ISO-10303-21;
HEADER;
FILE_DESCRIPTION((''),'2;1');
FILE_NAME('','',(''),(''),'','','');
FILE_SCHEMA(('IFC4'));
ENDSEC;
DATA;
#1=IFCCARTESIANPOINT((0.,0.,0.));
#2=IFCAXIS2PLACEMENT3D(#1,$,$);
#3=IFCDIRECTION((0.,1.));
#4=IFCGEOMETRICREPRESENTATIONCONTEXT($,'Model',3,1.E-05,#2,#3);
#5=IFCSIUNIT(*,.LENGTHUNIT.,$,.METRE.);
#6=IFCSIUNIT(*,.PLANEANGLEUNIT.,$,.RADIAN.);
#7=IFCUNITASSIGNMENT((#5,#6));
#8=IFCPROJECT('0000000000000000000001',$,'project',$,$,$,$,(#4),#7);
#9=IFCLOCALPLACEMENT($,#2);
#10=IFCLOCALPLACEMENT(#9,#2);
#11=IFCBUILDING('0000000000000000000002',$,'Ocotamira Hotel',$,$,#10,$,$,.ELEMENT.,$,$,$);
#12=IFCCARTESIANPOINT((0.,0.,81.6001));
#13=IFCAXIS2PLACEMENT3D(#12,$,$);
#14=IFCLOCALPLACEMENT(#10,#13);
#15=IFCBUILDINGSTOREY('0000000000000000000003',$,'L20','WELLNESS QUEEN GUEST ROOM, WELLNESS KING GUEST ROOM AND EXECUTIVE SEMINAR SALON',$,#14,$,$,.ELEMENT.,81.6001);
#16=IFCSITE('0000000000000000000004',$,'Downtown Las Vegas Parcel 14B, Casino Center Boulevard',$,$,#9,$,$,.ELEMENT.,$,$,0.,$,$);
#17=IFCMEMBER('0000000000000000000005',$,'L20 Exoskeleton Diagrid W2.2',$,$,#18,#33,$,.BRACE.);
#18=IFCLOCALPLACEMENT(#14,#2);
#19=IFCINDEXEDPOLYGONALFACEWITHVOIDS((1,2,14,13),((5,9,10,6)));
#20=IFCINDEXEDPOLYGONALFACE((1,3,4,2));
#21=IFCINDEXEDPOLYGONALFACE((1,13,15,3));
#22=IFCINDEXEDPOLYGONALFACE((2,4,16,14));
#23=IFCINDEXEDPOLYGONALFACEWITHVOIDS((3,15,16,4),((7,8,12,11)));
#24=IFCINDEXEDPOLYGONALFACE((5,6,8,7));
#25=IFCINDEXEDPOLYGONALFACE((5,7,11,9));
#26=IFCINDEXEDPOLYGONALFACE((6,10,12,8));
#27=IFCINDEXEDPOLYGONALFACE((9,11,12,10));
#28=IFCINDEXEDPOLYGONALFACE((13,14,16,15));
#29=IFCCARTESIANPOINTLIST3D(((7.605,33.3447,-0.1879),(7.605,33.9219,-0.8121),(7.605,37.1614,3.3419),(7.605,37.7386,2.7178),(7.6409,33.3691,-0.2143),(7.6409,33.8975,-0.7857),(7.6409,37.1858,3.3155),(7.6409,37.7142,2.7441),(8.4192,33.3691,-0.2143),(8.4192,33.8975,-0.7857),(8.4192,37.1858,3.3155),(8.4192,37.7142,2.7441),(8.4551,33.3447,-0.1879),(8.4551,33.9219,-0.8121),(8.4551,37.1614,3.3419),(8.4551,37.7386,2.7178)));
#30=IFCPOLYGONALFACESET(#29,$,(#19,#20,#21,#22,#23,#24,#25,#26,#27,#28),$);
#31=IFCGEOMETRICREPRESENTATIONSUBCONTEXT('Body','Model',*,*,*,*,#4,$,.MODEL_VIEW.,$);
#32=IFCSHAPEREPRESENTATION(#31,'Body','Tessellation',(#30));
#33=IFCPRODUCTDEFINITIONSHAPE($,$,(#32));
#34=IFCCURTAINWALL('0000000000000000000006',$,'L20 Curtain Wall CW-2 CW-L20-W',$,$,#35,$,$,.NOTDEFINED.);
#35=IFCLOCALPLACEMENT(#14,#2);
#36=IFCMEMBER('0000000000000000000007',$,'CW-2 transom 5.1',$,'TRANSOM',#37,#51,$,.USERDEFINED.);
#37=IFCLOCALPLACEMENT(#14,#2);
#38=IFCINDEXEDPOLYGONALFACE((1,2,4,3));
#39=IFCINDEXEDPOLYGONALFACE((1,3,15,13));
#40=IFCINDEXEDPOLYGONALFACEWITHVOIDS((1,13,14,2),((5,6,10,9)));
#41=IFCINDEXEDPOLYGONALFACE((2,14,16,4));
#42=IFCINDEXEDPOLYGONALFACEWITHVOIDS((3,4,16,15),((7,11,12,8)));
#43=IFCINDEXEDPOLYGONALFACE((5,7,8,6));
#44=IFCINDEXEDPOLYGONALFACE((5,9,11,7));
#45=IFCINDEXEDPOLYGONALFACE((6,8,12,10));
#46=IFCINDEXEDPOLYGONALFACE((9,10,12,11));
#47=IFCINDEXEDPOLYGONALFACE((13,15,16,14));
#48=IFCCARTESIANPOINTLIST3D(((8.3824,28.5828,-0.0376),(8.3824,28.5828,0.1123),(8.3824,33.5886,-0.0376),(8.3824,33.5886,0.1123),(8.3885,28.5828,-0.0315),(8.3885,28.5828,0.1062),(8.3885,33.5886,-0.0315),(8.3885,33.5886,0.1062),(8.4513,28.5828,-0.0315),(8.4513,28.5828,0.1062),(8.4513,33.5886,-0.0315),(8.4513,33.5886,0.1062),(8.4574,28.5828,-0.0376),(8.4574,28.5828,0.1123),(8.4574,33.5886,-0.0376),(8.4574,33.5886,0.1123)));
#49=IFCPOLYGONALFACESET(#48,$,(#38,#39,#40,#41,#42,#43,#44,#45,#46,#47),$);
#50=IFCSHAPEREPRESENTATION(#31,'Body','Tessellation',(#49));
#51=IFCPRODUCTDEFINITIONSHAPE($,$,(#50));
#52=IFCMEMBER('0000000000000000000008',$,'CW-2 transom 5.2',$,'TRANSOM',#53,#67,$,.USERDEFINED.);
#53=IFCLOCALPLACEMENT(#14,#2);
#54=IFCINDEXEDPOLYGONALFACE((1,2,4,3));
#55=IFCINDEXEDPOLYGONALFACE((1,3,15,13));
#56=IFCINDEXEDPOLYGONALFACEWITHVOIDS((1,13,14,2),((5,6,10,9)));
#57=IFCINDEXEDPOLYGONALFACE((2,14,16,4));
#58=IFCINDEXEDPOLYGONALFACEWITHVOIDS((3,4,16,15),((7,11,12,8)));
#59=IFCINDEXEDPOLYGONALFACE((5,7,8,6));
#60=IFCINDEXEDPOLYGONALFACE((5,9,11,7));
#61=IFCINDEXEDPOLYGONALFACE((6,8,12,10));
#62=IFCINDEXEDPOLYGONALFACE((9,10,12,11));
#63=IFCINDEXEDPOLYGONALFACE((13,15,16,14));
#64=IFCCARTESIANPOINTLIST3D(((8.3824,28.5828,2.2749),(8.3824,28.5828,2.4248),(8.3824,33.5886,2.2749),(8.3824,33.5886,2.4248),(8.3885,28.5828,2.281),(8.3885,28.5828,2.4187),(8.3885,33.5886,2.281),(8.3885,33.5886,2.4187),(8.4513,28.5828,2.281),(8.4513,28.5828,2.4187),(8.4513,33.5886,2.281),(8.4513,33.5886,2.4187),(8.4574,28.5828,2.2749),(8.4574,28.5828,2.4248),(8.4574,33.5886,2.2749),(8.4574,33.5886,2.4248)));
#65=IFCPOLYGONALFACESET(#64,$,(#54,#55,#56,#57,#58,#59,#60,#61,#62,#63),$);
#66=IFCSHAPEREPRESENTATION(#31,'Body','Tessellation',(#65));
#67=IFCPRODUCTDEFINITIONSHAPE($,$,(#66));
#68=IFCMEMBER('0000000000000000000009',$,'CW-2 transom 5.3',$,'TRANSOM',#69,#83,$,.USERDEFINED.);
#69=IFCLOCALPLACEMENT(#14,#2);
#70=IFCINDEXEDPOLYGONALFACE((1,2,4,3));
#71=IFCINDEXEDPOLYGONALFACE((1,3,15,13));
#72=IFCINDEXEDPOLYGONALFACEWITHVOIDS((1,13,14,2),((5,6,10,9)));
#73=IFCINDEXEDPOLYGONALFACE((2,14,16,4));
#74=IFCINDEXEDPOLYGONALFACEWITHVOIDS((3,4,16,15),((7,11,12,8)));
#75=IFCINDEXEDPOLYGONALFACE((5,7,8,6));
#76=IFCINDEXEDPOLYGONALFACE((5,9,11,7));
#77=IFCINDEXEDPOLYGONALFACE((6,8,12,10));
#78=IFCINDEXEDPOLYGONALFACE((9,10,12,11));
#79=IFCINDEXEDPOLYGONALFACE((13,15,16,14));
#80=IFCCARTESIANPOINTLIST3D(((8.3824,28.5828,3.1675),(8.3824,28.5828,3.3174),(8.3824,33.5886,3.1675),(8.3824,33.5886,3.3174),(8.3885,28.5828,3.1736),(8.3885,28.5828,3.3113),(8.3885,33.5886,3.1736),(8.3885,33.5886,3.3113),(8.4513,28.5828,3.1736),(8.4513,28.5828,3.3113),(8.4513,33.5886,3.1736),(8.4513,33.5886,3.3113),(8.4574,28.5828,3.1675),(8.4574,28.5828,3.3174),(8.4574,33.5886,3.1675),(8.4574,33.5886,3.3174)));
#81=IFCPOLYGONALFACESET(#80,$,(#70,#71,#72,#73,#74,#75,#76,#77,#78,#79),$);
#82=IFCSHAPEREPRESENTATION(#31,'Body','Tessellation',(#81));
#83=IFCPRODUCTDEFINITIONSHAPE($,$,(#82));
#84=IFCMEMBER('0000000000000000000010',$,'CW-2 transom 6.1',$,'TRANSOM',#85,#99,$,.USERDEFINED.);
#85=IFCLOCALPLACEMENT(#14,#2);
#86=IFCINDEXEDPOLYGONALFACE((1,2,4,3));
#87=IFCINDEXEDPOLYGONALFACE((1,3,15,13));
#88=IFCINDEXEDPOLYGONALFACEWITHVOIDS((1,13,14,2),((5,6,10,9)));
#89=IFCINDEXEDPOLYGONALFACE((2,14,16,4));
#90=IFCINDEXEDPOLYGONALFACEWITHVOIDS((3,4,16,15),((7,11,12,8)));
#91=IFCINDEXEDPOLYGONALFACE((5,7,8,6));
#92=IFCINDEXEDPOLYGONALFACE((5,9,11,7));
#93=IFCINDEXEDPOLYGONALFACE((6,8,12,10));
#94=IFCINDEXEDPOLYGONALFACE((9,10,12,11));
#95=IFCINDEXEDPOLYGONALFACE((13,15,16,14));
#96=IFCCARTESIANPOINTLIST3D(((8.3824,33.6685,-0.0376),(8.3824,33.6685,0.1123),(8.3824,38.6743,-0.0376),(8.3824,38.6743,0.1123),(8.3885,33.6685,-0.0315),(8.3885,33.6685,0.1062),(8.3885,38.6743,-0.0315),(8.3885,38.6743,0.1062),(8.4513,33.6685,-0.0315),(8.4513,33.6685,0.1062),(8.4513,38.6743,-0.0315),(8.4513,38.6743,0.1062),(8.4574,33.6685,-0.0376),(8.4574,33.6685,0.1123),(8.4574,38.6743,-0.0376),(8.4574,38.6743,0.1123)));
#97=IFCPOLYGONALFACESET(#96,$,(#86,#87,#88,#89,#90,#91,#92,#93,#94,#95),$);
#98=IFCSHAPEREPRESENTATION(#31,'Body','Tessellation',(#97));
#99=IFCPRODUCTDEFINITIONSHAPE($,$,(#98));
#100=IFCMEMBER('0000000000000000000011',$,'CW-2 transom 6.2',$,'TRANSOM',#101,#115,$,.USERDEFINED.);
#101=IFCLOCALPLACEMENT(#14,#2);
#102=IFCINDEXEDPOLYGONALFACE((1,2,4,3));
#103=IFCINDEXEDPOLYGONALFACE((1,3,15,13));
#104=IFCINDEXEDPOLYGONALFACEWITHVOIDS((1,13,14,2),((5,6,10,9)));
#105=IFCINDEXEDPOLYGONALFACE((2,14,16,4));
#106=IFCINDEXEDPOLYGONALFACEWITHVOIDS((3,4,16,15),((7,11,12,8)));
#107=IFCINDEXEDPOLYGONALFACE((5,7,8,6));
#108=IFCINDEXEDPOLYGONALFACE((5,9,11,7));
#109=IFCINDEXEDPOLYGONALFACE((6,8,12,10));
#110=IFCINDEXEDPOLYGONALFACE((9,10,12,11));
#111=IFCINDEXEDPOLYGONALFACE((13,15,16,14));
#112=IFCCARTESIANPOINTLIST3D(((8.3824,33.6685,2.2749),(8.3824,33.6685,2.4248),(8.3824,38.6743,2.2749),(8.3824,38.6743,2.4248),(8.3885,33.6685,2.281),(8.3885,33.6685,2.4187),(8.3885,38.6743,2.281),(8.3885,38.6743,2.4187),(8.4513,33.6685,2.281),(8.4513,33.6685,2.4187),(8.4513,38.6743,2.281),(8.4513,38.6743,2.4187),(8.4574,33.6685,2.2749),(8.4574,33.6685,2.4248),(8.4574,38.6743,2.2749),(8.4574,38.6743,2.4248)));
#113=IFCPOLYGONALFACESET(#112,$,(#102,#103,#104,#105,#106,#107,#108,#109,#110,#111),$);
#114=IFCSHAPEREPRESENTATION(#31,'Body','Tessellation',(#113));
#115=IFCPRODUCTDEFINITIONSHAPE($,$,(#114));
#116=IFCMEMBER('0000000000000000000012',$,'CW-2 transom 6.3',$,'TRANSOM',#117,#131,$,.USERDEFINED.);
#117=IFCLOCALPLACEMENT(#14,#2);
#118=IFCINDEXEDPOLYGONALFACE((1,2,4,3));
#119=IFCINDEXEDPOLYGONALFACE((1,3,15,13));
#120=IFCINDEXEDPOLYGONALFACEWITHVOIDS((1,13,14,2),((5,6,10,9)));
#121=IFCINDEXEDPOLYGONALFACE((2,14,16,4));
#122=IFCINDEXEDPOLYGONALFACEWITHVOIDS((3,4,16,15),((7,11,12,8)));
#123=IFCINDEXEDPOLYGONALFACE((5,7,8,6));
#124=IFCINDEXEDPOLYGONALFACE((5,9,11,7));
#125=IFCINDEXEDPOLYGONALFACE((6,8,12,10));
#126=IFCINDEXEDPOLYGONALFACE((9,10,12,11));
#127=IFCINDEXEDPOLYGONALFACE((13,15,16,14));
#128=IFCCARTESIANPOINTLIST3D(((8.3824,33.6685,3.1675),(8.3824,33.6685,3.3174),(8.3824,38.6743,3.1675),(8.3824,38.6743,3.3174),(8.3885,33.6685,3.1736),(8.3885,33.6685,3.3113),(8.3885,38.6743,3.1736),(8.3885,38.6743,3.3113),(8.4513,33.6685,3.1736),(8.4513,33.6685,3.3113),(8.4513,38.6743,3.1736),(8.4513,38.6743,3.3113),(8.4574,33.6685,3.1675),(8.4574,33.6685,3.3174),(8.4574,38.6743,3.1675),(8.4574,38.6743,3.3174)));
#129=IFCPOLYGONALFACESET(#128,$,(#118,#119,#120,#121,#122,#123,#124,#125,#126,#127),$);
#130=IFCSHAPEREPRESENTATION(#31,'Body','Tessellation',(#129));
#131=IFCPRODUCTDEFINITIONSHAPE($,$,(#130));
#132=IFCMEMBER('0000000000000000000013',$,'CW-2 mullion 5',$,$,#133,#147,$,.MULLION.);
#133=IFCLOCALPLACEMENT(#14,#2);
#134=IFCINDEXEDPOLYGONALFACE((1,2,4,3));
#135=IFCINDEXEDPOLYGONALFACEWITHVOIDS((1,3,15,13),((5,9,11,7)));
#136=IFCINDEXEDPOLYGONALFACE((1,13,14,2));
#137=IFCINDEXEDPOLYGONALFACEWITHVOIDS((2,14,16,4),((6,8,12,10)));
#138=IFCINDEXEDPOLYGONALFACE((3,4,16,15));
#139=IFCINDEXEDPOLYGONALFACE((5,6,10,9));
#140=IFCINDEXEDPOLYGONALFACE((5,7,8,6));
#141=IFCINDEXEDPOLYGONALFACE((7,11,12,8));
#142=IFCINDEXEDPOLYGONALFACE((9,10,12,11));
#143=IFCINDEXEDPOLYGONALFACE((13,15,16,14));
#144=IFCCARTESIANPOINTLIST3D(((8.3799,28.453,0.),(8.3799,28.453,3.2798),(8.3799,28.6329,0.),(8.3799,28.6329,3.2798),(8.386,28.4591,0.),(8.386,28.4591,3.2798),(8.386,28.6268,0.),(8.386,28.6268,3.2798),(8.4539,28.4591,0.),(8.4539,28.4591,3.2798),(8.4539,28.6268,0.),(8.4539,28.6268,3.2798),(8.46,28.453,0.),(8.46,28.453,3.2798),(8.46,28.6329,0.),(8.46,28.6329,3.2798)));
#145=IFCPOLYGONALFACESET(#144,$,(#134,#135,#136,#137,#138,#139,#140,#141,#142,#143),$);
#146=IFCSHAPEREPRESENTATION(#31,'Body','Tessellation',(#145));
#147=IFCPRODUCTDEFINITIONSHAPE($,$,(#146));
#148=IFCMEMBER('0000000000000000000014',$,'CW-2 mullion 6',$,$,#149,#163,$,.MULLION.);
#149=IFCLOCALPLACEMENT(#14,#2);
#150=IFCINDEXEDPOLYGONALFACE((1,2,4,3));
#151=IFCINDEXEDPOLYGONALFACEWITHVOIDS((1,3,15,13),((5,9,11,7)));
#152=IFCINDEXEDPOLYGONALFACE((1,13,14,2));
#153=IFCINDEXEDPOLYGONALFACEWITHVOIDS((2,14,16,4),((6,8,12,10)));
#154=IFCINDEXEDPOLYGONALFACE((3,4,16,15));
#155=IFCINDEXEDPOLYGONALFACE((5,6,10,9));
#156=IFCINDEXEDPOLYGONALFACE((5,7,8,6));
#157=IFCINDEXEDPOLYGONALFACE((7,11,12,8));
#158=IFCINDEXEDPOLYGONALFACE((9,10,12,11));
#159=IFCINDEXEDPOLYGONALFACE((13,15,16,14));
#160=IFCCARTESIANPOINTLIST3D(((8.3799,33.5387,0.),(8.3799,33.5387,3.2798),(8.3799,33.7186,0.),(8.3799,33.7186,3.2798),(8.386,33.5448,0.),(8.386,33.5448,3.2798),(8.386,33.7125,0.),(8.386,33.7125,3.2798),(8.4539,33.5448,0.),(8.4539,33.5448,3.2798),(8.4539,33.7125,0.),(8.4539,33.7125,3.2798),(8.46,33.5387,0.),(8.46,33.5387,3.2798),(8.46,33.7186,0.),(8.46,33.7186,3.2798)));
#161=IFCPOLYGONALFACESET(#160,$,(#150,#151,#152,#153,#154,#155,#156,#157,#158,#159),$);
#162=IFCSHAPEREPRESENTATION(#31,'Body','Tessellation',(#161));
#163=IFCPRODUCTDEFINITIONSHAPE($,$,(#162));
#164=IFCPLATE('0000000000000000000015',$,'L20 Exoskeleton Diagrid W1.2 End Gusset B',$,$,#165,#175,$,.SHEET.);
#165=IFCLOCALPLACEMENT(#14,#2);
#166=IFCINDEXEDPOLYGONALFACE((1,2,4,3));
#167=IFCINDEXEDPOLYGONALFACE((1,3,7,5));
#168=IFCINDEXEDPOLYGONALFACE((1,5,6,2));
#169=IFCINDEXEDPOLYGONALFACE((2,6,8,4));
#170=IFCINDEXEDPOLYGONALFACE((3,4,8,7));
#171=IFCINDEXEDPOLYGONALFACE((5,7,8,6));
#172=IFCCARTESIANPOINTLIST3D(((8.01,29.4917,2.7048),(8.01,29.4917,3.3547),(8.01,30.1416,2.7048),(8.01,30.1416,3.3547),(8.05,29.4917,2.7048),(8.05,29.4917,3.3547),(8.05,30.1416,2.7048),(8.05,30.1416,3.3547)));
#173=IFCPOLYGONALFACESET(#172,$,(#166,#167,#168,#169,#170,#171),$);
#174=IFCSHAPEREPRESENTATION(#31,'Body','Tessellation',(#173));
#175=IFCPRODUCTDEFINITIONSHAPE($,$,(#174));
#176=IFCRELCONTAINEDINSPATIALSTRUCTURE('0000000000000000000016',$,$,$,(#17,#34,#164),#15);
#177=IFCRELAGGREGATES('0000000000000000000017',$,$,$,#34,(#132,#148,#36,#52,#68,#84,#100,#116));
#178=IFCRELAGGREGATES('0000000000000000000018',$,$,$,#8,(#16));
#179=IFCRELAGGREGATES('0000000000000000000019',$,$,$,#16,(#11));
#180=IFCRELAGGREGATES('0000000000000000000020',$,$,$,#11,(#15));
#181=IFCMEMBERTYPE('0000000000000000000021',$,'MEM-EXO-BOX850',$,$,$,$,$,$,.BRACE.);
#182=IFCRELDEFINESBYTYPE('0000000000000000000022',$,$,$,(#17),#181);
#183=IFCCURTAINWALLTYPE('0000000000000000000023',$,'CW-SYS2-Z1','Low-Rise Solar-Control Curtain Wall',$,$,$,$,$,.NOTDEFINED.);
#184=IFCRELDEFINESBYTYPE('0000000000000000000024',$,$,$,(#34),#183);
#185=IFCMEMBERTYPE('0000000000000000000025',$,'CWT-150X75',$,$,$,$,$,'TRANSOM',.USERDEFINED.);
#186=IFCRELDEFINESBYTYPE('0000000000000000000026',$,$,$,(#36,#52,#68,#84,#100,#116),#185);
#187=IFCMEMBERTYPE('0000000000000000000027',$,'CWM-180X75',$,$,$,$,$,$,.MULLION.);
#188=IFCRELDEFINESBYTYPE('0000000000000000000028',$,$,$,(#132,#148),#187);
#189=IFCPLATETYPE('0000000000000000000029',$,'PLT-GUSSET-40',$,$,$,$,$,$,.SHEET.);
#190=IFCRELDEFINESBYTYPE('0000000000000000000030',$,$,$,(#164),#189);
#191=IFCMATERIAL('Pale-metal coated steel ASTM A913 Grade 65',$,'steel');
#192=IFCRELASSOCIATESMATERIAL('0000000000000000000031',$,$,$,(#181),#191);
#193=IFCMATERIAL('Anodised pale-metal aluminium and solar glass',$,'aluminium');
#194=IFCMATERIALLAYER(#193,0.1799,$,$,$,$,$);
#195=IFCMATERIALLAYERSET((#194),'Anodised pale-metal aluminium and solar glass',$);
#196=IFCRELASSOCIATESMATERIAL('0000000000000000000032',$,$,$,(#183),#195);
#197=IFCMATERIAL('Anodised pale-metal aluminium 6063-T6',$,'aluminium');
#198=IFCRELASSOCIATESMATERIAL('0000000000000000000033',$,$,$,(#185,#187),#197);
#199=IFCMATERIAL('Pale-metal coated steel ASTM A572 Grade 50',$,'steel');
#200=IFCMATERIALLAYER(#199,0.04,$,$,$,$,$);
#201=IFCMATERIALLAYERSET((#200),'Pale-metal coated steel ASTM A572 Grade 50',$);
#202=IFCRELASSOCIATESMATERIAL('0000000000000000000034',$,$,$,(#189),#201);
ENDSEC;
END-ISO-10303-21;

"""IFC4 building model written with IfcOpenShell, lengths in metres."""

from ifc_helpers import new_model, si_unit, direction, frame, origin, origin_2d, place, context, subcontext, project, spatial, rectangle, hollow_rectangle, extrude, source, transform, mapped, material, layer, layer_set, material_profile, profile_set, type_object, element, aggregate, save


model = new_model("IFC4")

# Units and contexts
model_context = context("Model", 3, precision=1e-05, world=origin(), true_north=direction((0.0, 1.0)))
body_context = subcontext(model_context, "Body", "Model", "MODEL_VIEW")
ifc_project = project(units=[si_unit("LENGTHUNIT", "METRE"), si_unit("PLANEANGLEUNIT", "RADIAN")], contexts=[model_context])

# Site, building, storey
site_placement = place(None, origin())
site = spatial("IfcSite", under=ifc_project, at=site_placement, Name="Downtown Las Vegas Parcel 14B, Casino Center Boulevard", CompositionType="ELEMENT", RefElevation=0.0)
building_placement = place(site_placement, origin())
building = spatial("IfcBuilding", under=site, at=building_placement, Name="Ocotamira Hotel", CompositionType="ELEMENT")
storey_placement = place(building_placement, frame((0.0, 0.0, 81.6001)))
storey = spatial("IfcBuildingStorey", under=building, at=storey_placement, Name="L20", Description="WELLNESS QUEEN GUEST ROOM, WELLNESS KING GUEST ROOM AND EXECUTIVE SEMINAR SALON", CompositionType="ELEMENT", Elevation=81.6001)

# Member
ifc_material_1 = material(Name="Pale-metal coated steel ASTM A913 Grade 65", Category="steel")
ifc_material_profile_1 = material_profile(ifc_material_1, hollow_rectangle(XDim=0.8501, YDim=0.8501, WallThickness=0.0359, at=origin_2d()), Name="BOX850X850X36")
ifc_profile_set_1 = profile_set([ifc_material_profile_1], Name="Pale-metal coated steel ASTM A913 Grade 65")
member_type_1 = type_object("IfcMemberType", Name="MEM-EXO-BOX850", PredefinedType="BRACE", material=ifc_profile_set_1)
shared_shape_1 = source(origin(), body_context, "Body", "SweptSolid", [
    extrude(hollow_rectangle(XDim=0.8501, YDim=0.8501, WallThickness=0.0359, at=origin_2d()), origin(), (0.0, 0.0, 1.0), 5.1987),
])
for number, where, z_axis, x_axis, name in (
    (1, (8.03, 33.6333, -0.5), (0.0, 0.734159, 0.678978), (-1.0, 0.0, 0.0), "L20 Exoskeleton Diagrid W2.2"),
):
    element("IfcMember", number, at=place(storey_placement, frame(where, z_axis=z_axis, x_axis=x_axis)), inside=storey, type_object=member_type_1, Name=name, PredefinedType="BRACE", context=body_context, shape_type="MappedRepresentation", body=[
        mapped(shared_shape_1, transform((0.0, 0.0, 0.0), scale=1.0)),
    ])

# Curtain wall, members
ifc_material_2 = material(Name="Anodised pale-metal aluminium and solar glass", Category="aluminium")
ifc_layer_1 = layer(ifc_material_2, 0.1799)
ifc_layer_set_1 = layer_set([ifc_layer_1], Name="Anodised pale-metal aluminium and solar glass")
curtain_wall_type = type_object("IfcCurtainWallType", Name="CW-SYS2-Z1", Description="Low-Rise Solar-Control Curtain Wall", PredefinedType="NOTDEFINED", material=ifc_layer_set_1)
curtain_wall_placement = place(storey_placement, origin())
curtain_wall = element("IfcCurtainWall", 2, at=curtain_wall_placement, inside=storey, type_object=curtain_wall_type, Name="L20 Curtain Wall CW-2 CW-L20-W", PredefinedType="NOTDEFINED")
ifc_material_3 = material(Name="Anodised pale-metal aluminium 6063-T6", Category="aluminium")
ifc_material_profile_2 = material_profile(ifc_material_3, hollow_rectangle(XDim=0.075, YDim=0.1499, WallThickness=0.0061, at=origin_2d()), Name="HSS150X75X6")
ifc_profile_set_2 = profile_set([ifc_material_profile_2], Name="Anodised pale-metal aluminium 6063-T6")
member_type_2 = type_object("IfcMemberType", Name="CWT-150X75", ElementType="TRANSOM", PredefinedType="USERDEFINED", material=ifc_profile_set_2)
shared_shape_2 = source(origin(), body_context, "Body", "SweptSolid", [
    extrude(hollow_rectangle(XDim=0.075, YDim=0.1499, WallThickness=0.0061, at=origin_2d()), origin(), (0.0, 0.0, 1.0), 5.0059),
])
member_1_placement = place(storey_placement, frame((8.4199, 28.5828, 0.0374), z_axis=(0.0, 1.0, 0.0), x_axis=(-1.0, 0.0, 0.0)))
member_1 = element("IfcMember", 3, at=member_1_placement, type_object=member_type_2, Name="CW-2 transom 5.1", ObjectType="TRANSOM", PredefinedType="USERDEFINED", context=body_context, shape_type="MappedRepresentation", body=[
    mapped(shared_shape_2, transform((0.0, 0.0, 0.0), scale=1.0)),
])
member_2_placement = place(storey_placement, frame((8.4199, 28.5828, 2.3499), z_axis=(0.0, 1.0, 0.0), x_axis=(-1.0, 0.0, 0.0)))
member_2 = element("IfcMember", 4, at=member_2_placement, type_object=member_type_2, Name="CW-2 transom 5.2", ObjectType="TRANSOM", PredefinedType="USERDEFINED", context=body_context, shape_type="MappedRepresentation", body=[
    mapped(shared_shape_2, transform((0.0, 0.0, 0.0), scale=1.0)),
])
member_3_placement = place(storey_placement, frame((8.4199, 28.5828, 3.2424), z_axis=(0.0, 1.0, 0.0), x_axis=(-1.0, 0.0, 0.0)))
member_3 = element("IfcMember", 5, at=member_3_placement, type_object=member_type_2, Name="CW-2 transom 5.3", ObjectType="TRANSOM", PredefinedType="USERDEFINED", context=body_context, shape_type="MappedRepresentation", body=[
    mapped(shared_shape_2, transform((0.0, 0.0, 0.0), scale=1.0)),
])
member_4_placement = place(storey_placement, frame((8.4199, 33.6685, 0.0374), z_axis=(0.0, 1.0, 0.0), x_axis=(-1.0, 0.0, 0.0)))
member_4 = element("IfcMember", 6, at=member_4_placement, type_object=member_type_2, Name="CW-2 transom 6.1", ObjectType="TRANSOM", PredefinedType="USERDEFINED", context=body_context, shape_type="MappedRepresentation", body=[
    mapped(shared_shape_2, transform((0.0, 0.0, 0.0), scale=1.0)),
])
member_5_placement = place(storey_placement, frame((8.4199, 33.6685, 2.3499), z_axis=(0.0, 1.0, 0.0), x_axis=(-1.0, 0.0, 0.0)))
member_5 = element("IfcMember", 7, at=member_5_placement, type_object=member_type_2, Name="CW-2 transom 6.2", ObjectType="TRANSOM", PredefinedType="USERDEFINED", context=body_context, shape_type="MappedRepresentation", body=[
    mapped(shared_shape_2, transform((0.0, 0.0, 0.0), scale=1.0)),
])
member_6_placement = place(storey_placement, frame((8.4199, 33.6685, 3.2424), z_axis=(0.0, 1.0, 0.0), x_axis=(-1.0, 0.0, 0.0)))
member_6 = element("IfcMember", 8, at=member_6_placement, type_object=member_type_2, Name="CW-2 transom 6.3", ObjectType="TRANSOM", PredefinedType="USERDEFINED", context=body_context, shape_type="MappedRepresentation", body=[
    mapped(shared_shape_2, transform((0.0, 0.0, 0.0), scale=1.0)),
])
ifc_material_profile_3 = material_profile(ifc_material_3, hollow_rectangle(XDim=0.0801, YDim=0.1799, WallThickness=0.0061, at=origin_2d()), Name="HSS180X80X6")
ifc_profile_set_3 = profile_set([ifc_material_profile_3], Name="Anodised pale-metal aluminium 6063-T6")
member_type_3 = type_object("IfcMemberType", Name="CWM-180X75", PredefinedType="MULLION", material=ifc_profile_set_3)
shared_shape_3 = source(origin(), body_context, "Body", "SweptSolid", [
    extrude(hollow_rectangle(XDim=0.0801, YDim=0.1799, WallThickness=0.0061, at=origin_2d()), origin(), (0.0, 0.0, 1.0), 3.2798),
])
member_7_placement = place(storey_placement, frame((8.4199, 28.543, 0.0), z_axis=(0.0, 0.0, 1.0), x_axis=(-1.0, 0.0, 0.0)))
member_7 = element("IfcMember", 9, at=member_7_placement, type_object=member_type_3, Name="CW-2 mullion 5", PredefinedType="MULLION", context=body_context, shape_type="MappedRepresentation", body=[
    mapped(shared_shape_3, transform((0.0, 0.0, 0.0), scale=1.0)),
])
member_8_placement = place(storey_placement, frame((8.4199, 33.6287, 0.0), z_axis=(0.0, 0.0, 1.0), x_axis=(-1.0, 0.0, 0.0)))
member_8 = element("IfcMember", 10, at=member_8_placement, type_object=member_type_3, Name="CW-2 mullion 6", PredefinedType="MULLION", context=body_context, shape_type="MappedRepresentation", body=[
    mapped(shared_shape_3, transform((0.0, 0.0, 0.0), scale=1.0)),
])

# Plate
ifc_material_4 = material(Name="Pale-metal coated steel ASTM A572 Grade 50", Category="steel")
ifc_layer_2 = layer(ifc_material_4, 0.04)
ifc_layer_set_2 = layer_set([ifc_layer_2], Name="Pale-metal coated steel ASTM A572 Grade 50")
plate_type_1 = type_object("IfcPlateType", Name="PLT-GUSSET-40", PredefinedType="SHEET", material=ifc_layer_set_2)
shared_shape_4 = source(origin(), body_context, "Body", "SweptSolid", [
    extrude(rectangle(XDim=0.04, YDim=0.6499, at=origin_2d()), origin(), (0.0, 0.0, 1.0), 0.6499),
])
plate_1_placement = place(storey_placement, frame((8.03, 29.8167, 2.7048), z_axis=(0.0, 0.0, 1.0), x_axis=(1.0, 0.0, 0.0)))
element("IfcPlate", 11, at=plate_1_placement, inside=storey, type_object=plate_type_1, Name="L20 Exoskeleton Diagrid W1.2 End Gusset B", PredefinedType="SHEET", context=body_context, shape_type="MappedRepresentation", body=[
    mapped(shared_shape_4, transform((0.0, 0.0, 0.0), scale=1.0)),
])
aggregate(curtain_wall, [member_7, member_8, member_1, member_2, member_3, member_4, member_5, member_6])

save(model, "model.ifc")
